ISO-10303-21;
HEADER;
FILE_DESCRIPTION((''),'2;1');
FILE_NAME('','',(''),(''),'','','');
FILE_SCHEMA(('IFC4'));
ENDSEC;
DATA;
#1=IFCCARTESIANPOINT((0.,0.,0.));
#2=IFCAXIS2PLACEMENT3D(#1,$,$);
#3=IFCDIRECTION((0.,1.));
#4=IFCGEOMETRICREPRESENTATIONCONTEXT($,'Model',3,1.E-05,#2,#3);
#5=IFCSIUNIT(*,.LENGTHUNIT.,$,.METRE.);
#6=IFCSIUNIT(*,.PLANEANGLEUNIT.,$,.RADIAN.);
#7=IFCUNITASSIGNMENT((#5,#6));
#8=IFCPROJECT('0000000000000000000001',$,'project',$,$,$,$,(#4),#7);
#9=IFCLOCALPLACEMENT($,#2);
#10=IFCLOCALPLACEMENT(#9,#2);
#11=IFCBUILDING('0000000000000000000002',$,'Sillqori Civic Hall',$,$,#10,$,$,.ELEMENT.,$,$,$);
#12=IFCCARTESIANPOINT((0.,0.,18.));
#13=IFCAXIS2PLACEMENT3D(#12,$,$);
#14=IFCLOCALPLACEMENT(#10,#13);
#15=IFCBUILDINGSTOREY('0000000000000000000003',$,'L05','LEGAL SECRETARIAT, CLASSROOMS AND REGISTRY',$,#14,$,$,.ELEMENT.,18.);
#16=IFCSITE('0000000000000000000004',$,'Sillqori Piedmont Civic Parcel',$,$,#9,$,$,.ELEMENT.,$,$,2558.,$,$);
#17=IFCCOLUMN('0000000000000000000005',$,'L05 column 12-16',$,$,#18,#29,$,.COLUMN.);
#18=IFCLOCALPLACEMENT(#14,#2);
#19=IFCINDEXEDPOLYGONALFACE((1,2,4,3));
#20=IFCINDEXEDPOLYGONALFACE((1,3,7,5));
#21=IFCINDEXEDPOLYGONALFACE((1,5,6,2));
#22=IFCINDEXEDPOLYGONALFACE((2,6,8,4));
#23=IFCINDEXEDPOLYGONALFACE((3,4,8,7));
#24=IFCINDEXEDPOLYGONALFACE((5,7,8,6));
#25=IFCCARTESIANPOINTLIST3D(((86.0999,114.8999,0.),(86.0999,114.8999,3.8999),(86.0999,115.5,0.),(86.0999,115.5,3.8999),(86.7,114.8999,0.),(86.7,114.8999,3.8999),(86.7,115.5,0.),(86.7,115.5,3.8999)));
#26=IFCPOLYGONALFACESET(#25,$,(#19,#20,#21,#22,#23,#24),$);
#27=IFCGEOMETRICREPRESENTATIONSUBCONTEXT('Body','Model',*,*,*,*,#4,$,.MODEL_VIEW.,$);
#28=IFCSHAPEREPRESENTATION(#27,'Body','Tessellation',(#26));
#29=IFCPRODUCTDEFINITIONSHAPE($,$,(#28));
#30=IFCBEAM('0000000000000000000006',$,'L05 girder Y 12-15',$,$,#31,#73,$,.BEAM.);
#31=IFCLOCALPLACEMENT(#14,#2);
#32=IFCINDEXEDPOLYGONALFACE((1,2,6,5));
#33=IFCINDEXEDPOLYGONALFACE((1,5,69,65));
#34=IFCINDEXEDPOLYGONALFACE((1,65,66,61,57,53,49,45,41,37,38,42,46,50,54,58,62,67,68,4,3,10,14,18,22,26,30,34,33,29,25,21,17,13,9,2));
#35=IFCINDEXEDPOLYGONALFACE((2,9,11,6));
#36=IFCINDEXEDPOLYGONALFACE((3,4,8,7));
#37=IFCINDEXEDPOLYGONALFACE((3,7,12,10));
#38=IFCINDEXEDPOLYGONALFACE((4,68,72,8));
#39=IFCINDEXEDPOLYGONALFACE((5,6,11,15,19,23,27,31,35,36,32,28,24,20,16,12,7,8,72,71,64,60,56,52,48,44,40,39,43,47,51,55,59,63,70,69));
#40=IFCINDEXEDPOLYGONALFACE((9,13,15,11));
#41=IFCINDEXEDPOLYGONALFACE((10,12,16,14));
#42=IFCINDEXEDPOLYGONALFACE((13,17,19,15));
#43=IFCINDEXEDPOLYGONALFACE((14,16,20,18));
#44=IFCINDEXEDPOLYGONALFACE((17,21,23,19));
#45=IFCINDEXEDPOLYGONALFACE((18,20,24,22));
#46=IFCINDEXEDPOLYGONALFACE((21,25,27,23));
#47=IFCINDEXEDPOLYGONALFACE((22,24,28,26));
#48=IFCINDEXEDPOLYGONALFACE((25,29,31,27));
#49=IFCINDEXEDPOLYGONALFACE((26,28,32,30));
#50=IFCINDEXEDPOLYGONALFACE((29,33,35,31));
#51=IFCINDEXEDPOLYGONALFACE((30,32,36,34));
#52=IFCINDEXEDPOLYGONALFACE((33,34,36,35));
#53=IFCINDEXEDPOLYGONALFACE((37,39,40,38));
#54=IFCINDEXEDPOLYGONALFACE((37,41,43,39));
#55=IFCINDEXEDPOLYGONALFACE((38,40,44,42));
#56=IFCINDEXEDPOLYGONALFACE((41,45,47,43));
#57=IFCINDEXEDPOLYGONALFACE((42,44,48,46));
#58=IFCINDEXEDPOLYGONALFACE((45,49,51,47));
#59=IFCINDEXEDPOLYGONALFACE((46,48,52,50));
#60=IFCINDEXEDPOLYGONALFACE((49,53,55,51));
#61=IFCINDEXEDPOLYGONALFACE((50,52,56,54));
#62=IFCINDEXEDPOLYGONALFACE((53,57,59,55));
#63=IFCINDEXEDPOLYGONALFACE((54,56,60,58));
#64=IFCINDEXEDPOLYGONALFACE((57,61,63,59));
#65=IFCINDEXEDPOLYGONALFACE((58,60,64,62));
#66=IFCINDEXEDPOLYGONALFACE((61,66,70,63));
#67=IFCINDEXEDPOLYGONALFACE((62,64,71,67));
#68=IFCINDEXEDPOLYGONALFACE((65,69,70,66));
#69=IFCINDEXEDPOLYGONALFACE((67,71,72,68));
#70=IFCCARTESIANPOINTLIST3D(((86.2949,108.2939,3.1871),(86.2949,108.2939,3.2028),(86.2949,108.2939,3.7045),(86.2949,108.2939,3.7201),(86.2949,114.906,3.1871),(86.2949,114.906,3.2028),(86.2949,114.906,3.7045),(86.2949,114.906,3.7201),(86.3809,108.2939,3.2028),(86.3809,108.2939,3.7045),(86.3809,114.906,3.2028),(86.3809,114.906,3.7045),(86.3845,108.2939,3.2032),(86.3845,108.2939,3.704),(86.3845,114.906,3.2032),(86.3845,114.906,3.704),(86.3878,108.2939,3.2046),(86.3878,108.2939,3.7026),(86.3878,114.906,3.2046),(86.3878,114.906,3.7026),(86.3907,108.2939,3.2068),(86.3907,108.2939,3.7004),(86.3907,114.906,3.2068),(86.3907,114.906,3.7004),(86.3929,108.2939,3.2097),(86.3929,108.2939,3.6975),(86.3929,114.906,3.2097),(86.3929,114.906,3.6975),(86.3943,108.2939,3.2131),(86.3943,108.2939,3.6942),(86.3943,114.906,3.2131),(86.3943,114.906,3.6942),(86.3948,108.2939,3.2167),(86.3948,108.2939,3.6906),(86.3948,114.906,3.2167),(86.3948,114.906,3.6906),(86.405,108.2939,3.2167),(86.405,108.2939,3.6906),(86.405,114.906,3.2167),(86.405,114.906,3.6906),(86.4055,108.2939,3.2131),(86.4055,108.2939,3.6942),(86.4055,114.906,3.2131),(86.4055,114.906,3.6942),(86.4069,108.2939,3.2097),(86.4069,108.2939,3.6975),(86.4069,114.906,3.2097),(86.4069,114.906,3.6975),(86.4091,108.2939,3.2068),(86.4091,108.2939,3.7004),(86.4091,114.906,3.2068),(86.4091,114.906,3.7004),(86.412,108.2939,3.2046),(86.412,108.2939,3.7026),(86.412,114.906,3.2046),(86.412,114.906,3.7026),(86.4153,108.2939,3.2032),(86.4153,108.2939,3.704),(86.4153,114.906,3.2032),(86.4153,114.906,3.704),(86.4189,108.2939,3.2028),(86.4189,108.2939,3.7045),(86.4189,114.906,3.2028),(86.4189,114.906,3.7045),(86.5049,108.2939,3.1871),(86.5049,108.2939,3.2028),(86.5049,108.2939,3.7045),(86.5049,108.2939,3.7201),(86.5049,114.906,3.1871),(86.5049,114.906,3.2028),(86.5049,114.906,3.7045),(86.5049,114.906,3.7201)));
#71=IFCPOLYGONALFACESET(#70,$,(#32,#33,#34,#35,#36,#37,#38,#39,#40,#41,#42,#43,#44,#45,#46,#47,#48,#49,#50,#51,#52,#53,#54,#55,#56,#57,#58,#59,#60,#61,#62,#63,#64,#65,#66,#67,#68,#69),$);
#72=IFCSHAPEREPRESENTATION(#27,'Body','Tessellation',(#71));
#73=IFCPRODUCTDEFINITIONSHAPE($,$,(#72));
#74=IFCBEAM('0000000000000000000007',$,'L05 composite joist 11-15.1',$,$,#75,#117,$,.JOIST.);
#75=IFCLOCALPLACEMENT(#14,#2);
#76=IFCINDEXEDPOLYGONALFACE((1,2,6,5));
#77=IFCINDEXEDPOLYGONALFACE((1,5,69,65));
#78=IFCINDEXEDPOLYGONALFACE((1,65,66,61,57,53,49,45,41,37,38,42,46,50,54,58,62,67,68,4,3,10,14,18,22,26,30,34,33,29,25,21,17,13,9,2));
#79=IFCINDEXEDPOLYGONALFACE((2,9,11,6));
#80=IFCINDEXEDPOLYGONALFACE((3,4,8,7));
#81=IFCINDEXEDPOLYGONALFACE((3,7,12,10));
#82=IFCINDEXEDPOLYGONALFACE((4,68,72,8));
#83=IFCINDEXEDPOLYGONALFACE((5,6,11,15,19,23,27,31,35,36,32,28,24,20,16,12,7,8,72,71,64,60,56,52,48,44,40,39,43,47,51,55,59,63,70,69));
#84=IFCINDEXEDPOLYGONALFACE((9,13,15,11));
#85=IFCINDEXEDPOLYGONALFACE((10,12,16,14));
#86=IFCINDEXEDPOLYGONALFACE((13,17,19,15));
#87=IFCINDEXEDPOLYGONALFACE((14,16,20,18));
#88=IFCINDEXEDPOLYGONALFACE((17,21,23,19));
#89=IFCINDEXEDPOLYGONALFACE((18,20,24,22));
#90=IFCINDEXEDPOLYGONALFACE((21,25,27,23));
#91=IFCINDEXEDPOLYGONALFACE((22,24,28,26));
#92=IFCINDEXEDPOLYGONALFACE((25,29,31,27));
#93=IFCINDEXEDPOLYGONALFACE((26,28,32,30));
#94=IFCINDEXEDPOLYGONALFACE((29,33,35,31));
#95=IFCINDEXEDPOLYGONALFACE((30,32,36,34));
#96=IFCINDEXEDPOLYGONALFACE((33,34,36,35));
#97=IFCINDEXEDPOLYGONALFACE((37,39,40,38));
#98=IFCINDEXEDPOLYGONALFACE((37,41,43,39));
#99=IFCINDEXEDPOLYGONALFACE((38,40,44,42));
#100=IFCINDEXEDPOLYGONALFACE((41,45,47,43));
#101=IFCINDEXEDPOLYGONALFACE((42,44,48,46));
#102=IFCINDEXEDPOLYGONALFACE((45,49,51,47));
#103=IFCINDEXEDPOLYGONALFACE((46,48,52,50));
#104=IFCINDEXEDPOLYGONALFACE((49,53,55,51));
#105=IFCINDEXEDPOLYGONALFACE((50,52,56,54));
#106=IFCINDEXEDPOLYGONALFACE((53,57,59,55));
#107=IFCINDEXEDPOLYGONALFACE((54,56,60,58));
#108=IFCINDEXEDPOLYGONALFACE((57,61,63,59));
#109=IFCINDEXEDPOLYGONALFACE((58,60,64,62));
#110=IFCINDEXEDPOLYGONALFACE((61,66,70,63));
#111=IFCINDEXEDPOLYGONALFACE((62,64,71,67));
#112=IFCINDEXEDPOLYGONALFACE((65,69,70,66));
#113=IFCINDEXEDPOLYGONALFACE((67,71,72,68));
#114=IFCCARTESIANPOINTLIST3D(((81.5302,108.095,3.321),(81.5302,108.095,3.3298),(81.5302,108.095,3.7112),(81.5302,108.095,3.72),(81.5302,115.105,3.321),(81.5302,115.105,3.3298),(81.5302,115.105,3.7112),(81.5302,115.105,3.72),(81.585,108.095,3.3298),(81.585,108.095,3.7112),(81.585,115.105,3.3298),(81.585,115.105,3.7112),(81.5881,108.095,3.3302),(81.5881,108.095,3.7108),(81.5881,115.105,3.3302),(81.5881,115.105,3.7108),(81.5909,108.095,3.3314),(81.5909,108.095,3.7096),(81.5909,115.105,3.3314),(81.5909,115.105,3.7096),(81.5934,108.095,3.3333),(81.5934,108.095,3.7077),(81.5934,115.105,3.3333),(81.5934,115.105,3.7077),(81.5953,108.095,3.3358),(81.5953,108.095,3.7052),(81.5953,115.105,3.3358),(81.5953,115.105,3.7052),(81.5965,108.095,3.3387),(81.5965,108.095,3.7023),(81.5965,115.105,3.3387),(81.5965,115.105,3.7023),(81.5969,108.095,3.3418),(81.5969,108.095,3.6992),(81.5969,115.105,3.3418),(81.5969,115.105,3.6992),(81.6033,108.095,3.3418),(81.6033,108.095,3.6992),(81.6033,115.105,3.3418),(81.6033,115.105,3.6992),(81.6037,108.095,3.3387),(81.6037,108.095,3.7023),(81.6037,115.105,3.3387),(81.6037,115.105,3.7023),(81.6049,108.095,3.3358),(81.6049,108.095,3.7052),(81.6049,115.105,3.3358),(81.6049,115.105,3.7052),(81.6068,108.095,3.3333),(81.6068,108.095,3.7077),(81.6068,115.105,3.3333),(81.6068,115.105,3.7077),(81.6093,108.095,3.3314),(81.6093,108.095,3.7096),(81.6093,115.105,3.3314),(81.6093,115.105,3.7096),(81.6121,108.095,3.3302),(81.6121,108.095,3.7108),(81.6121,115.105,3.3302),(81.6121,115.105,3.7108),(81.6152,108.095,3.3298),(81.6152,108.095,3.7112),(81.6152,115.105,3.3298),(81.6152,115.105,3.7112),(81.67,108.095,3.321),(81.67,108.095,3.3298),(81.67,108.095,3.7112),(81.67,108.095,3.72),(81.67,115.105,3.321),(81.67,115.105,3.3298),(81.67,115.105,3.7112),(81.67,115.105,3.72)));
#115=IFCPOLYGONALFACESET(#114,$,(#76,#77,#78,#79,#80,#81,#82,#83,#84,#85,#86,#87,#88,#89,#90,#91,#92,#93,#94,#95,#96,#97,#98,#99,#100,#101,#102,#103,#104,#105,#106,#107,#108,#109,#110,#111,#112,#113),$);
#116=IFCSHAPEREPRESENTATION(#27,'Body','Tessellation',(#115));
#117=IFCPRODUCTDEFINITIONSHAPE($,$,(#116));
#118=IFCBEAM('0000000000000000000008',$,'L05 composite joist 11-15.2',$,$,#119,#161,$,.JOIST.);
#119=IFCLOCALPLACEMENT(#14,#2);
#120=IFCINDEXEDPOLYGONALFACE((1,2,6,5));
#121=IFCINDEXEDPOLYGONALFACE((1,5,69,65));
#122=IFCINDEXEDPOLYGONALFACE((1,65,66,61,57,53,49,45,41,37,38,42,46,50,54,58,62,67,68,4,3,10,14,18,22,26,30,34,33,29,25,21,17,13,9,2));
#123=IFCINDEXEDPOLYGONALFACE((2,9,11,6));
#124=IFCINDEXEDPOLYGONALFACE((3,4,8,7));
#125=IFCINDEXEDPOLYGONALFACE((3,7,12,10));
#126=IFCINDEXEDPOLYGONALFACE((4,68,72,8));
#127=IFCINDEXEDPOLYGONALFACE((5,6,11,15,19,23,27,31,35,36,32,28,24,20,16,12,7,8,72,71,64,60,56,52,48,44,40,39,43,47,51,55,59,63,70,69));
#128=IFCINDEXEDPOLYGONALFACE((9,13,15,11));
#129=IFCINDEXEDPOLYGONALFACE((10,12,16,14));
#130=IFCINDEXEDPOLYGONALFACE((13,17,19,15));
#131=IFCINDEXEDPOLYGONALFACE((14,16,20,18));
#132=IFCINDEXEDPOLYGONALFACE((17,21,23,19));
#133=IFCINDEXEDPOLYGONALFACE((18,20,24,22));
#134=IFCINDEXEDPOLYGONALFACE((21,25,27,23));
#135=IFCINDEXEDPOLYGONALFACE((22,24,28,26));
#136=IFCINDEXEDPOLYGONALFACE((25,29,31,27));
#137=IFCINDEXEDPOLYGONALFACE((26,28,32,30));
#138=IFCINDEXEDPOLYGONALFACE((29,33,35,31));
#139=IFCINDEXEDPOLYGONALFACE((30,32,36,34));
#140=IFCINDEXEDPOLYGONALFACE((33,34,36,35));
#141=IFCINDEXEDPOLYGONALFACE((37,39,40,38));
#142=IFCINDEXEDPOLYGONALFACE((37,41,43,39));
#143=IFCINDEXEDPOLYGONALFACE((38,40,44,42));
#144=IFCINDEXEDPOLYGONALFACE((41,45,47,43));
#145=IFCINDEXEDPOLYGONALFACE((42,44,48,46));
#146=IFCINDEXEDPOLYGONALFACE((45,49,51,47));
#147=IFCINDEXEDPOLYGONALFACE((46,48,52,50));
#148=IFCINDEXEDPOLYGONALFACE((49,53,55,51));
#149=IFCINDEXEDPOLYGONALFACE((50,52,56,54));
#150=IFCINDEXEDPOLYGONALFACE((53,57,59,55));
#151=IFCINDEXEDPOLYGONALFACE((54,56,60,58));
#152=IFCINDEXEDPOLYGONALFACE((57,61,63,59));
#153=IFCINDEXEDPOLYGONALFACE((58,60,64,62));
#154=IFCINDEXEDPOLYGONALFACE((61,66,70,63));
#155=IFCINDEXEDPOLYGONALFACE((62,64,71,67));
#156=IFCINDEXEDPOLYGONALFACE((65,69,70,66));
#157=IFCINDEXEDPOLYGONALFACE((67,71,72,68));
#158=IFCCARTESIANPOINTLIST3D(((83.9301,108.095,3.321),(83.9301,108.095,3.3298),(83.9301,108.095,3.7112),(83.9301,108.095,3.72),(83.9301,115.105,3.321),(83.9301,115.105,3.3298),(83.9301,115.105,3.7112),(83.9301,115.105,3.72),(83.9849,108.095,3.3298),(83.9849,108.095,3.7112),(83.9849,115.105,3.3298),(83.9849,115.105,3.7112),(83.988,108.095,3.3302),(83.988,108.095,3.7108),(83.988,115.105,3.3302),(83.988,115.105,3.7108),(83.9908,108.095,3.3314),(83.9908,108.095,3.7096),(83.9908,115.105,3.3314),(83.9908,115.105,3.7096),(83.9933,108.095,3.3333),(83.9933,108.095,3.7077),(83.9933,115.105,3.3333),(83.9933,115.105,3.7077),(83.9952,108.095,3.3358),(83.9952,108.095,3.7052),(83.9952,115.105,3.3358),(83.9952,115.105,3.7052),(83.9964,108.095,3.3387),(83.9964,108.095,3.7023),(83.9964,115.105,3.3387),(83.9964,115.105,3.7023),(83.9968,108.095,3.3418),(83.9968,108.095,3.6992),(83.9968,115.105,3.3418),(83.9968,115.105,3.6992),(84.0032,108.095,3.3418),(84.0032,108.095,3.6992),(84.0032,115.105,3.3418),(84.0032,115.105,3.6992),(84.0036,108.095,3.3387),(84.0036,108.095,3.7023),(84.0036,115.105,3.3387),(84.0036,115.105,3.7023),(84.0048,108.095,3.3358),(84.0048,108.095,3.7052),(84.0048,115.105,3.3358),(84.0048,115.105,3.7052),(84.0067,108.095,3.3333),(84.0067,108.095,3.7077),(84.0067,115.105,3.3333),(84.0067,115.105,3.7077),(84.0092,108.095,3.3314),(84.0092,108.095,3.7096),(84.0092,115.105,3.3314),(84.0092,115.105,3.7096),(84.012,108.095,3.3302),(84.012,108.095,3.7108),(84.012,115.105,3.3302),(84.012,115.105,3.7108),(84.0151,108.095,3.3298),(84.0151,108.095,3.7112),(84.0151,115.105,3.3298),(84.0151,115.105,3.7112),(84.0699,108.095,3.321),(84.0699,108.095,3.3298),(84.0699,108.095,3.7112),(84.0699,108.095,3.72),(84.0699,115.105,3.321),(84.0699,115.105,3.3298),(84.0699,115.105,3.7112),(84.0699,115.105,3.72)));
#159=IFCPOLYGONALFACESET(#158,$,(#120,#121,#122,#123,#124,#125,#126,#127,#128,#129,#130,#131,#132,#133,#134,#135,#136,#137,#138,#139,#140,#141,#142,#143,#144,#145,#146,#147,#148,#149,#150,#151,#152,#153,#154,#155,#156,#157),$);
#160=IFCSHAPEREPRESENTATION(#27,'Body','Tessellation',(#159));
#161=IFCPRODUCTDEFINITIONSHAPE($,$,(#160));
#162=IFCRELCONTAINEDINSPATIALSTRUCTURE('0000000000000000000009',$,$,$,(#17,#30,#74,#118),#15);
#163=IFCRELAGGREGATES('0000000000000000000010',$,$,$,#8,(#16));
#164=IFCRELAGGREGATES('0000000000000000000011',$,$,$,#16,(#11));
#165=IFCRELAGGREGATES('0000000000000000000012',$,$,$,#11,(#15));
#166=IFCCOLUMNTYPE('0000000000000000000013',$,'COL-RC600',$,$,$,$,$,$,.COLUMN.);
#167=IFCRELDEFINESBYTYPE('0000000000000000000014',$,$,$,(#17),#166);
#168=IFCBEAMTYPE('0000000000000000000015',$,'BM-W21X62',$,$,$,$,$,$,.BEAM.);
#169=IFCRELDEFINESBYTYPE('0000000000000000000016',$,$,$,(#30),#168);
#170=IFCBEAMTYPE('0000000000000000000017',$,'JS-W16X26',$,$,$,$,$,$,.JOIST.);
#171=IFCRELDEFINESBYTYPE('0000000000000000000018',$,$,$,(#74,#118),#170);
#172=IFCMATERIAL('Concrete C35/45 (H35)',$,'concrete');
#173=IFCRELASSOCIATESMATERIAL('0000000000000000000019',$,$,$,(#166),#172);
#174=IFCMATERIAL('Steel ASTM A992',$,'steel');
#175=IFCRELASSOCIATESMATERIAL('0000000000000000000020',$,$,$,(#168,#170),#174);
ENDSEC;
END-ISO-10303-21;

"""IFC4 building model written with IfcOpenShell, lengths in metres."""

from ifc_helpers import new_model, si_unit, direction, frame, origin, origin_2d, place, context, subcontext, project, spatial, rectangle, i_section, extrude, material, material_profile, profile_set, type_object, element, save


model = new_model("IFC4")

# Units and contexts
model_context = context("Model", 3, precision=1e-05, world=origin(), true_north=direction((0.0, 1.0)))
body_context = subcontext(model_context, "Body", "Model", "MODEL_VIEW")
ifc_project = project(units=[si_unit("LENGTHUNIT", "METRE"), si_unit("PLANEANGLEUNIT", "RADIAN")], contexts=[model_context])

# Site, building, storey
site_placement = place(None, origin())
site = spatial("IfcSite", under=ifc_project, at=site_placement, Name="Sillqori Piedmont Civic Parcel", CompositionType="ELEMENT", RefElevation=2558.0)
building_placement = place(site_placement, origin())
building = spatial("IfcBuilding", under=site, at=building_placement, Name="Sillqori Civic Hall", CompositionType="ELEMENT")
storey_placement = place(building_placement, frame((0.0, 0.0, 18.0)))
storey = spatial("IfcBuildingStorey", under=building, at=storey_placement, Name="L05", Description="LEGAL SECRETARIAT, CLASSROOMS AND REGISTRY", CompositionType="ELEMENT", Elevation=18.0)

# Column
ifc_material_1 = material(Name="Concrete C35/45 (H35)", Category="concrete")
ifc_material_profile_1 = material_profile(ifc_material_1, rectangle(XDim=0.6001, YDim=0.6001, at=origin_2d()), Name="RC 600x600")
ifc_profile_set_1 = profile_set([ifc_material_profile_1], Name="Concrete C35/45 (H35)")
column_type = type_object("IfcColumnType", Name="COL-RC600", PredefinedType="COLUMN", material=ifc_profile_set_1)
column_placement = place(storey_placement, frame((86.3999, 115.2, 0.0), z_axis=(0.0, 0.0, 1.0), x_axis=(1.0, 0.0, 0.0)))
element("IfcColumn", 1, at=column_placement, inside=storey, type_object=column_type, Name="L05 column 12-16", PredefinedType="COLUMN", context=body_context, shape_type="SweptSolid", body=[
    extrude(rectangle(XDim=0.6001, YDim=0.6001, at=origin_2d()), origin(), (0.0, 0.0, 1.0), 3.8999),
])

# Beam
ifc_material_2 = material(Name="Steel ASTM A992", Category="steel")
ifc_material_profile_2 = material_profile(ifc_material_2, i_section(OverallWidth=0.21, OverallDepth=0.533, WebThickness=0.0103, FlangeThickness=0.0156, FilletRadius=0.0139, at=origin_2d()), Name="W21X62")
ifc_profile_set_2 = profile_set([ifc_material_profile_2], Name="Steel ASTM A992")
beam_type_1 = type_object("IfcBeamType", Name="BM-W21X62", PredefinedType="BEAM", material=ifc_profile_set_2)
beam_placement = place(storey_placement, frame((86.3999, 108.2939, 3.4536), z_axis=(0.0, 1.0, 0.0), x_axis=(-1.0, 0.0, 0.0)))
element("IfcBeam", 2, at=beam_placement, inside=storey, type_object=beam_type_1, Name="L05 girder Y 12-15", PredefinedType="BEAM", context=body_context, shape_type="SweptSolid", body=[
    extrude(i_section(OverallWidth=0.21, OverallDepth=0.533, WebThickness=0.0103, FlangeThickness=0.0156, FilletRadius=0.0139, at=origin_2d()), origin(), (0.0, 0.0, 1.0), 6.6121),
])

# Beams
ifc_material_profile_3 = material_profile(ifc_material_2, i_section(OverallWidth=0.1399, OverallDepth=0.3989, WebThickness=0.0063, FlangeThickness=0.0088, FilletRadius=0.012, at=origin_2d()), Name="W16X26")
ifc_profile_set_3 = profile_set([ifc_material_profile_3], Name="Steel ASTM A992")
beam_type_2 = type_object("IfcBeamType", Name="JS-W16X26", PredefinedType="JOIST", material=ifc_profile_set_3)
for number, where, z_axis, x_axis, name in (
    (3, (81.6001, 108.095, 3.5205), (0.0, 1.0, 0.0), (-1.0, 0.0, 0.0), "L05 composite joist 11-15.1"),
    (4, (84.0, 108.095, 3.5205), (0.0, 1.0, 0.0), (-1.0, 0.0, 0.0), "L05 composite joist 11-15.2"),
):
    element("IfcBeam", number, at=place(storey_placement, frame(where, z_axis=z_axis, x_axis=x_axis)), inside=storey, type_object=beam_type_2, Name=name, PredefinedType="JOIST", context=body_context, shape_type="SweptSolid", body=[
        extrude(i_section(OverallWidth=0.1399, OverallDepth=0.3989, WebThickness=0.0063, FlangeThickness=0.0088, FilletRadius=0.012, at=origin_2d()), origin(), (0.0, 0.0, 1.0), 7.01),
    ])

save(model, "model.ifc")
